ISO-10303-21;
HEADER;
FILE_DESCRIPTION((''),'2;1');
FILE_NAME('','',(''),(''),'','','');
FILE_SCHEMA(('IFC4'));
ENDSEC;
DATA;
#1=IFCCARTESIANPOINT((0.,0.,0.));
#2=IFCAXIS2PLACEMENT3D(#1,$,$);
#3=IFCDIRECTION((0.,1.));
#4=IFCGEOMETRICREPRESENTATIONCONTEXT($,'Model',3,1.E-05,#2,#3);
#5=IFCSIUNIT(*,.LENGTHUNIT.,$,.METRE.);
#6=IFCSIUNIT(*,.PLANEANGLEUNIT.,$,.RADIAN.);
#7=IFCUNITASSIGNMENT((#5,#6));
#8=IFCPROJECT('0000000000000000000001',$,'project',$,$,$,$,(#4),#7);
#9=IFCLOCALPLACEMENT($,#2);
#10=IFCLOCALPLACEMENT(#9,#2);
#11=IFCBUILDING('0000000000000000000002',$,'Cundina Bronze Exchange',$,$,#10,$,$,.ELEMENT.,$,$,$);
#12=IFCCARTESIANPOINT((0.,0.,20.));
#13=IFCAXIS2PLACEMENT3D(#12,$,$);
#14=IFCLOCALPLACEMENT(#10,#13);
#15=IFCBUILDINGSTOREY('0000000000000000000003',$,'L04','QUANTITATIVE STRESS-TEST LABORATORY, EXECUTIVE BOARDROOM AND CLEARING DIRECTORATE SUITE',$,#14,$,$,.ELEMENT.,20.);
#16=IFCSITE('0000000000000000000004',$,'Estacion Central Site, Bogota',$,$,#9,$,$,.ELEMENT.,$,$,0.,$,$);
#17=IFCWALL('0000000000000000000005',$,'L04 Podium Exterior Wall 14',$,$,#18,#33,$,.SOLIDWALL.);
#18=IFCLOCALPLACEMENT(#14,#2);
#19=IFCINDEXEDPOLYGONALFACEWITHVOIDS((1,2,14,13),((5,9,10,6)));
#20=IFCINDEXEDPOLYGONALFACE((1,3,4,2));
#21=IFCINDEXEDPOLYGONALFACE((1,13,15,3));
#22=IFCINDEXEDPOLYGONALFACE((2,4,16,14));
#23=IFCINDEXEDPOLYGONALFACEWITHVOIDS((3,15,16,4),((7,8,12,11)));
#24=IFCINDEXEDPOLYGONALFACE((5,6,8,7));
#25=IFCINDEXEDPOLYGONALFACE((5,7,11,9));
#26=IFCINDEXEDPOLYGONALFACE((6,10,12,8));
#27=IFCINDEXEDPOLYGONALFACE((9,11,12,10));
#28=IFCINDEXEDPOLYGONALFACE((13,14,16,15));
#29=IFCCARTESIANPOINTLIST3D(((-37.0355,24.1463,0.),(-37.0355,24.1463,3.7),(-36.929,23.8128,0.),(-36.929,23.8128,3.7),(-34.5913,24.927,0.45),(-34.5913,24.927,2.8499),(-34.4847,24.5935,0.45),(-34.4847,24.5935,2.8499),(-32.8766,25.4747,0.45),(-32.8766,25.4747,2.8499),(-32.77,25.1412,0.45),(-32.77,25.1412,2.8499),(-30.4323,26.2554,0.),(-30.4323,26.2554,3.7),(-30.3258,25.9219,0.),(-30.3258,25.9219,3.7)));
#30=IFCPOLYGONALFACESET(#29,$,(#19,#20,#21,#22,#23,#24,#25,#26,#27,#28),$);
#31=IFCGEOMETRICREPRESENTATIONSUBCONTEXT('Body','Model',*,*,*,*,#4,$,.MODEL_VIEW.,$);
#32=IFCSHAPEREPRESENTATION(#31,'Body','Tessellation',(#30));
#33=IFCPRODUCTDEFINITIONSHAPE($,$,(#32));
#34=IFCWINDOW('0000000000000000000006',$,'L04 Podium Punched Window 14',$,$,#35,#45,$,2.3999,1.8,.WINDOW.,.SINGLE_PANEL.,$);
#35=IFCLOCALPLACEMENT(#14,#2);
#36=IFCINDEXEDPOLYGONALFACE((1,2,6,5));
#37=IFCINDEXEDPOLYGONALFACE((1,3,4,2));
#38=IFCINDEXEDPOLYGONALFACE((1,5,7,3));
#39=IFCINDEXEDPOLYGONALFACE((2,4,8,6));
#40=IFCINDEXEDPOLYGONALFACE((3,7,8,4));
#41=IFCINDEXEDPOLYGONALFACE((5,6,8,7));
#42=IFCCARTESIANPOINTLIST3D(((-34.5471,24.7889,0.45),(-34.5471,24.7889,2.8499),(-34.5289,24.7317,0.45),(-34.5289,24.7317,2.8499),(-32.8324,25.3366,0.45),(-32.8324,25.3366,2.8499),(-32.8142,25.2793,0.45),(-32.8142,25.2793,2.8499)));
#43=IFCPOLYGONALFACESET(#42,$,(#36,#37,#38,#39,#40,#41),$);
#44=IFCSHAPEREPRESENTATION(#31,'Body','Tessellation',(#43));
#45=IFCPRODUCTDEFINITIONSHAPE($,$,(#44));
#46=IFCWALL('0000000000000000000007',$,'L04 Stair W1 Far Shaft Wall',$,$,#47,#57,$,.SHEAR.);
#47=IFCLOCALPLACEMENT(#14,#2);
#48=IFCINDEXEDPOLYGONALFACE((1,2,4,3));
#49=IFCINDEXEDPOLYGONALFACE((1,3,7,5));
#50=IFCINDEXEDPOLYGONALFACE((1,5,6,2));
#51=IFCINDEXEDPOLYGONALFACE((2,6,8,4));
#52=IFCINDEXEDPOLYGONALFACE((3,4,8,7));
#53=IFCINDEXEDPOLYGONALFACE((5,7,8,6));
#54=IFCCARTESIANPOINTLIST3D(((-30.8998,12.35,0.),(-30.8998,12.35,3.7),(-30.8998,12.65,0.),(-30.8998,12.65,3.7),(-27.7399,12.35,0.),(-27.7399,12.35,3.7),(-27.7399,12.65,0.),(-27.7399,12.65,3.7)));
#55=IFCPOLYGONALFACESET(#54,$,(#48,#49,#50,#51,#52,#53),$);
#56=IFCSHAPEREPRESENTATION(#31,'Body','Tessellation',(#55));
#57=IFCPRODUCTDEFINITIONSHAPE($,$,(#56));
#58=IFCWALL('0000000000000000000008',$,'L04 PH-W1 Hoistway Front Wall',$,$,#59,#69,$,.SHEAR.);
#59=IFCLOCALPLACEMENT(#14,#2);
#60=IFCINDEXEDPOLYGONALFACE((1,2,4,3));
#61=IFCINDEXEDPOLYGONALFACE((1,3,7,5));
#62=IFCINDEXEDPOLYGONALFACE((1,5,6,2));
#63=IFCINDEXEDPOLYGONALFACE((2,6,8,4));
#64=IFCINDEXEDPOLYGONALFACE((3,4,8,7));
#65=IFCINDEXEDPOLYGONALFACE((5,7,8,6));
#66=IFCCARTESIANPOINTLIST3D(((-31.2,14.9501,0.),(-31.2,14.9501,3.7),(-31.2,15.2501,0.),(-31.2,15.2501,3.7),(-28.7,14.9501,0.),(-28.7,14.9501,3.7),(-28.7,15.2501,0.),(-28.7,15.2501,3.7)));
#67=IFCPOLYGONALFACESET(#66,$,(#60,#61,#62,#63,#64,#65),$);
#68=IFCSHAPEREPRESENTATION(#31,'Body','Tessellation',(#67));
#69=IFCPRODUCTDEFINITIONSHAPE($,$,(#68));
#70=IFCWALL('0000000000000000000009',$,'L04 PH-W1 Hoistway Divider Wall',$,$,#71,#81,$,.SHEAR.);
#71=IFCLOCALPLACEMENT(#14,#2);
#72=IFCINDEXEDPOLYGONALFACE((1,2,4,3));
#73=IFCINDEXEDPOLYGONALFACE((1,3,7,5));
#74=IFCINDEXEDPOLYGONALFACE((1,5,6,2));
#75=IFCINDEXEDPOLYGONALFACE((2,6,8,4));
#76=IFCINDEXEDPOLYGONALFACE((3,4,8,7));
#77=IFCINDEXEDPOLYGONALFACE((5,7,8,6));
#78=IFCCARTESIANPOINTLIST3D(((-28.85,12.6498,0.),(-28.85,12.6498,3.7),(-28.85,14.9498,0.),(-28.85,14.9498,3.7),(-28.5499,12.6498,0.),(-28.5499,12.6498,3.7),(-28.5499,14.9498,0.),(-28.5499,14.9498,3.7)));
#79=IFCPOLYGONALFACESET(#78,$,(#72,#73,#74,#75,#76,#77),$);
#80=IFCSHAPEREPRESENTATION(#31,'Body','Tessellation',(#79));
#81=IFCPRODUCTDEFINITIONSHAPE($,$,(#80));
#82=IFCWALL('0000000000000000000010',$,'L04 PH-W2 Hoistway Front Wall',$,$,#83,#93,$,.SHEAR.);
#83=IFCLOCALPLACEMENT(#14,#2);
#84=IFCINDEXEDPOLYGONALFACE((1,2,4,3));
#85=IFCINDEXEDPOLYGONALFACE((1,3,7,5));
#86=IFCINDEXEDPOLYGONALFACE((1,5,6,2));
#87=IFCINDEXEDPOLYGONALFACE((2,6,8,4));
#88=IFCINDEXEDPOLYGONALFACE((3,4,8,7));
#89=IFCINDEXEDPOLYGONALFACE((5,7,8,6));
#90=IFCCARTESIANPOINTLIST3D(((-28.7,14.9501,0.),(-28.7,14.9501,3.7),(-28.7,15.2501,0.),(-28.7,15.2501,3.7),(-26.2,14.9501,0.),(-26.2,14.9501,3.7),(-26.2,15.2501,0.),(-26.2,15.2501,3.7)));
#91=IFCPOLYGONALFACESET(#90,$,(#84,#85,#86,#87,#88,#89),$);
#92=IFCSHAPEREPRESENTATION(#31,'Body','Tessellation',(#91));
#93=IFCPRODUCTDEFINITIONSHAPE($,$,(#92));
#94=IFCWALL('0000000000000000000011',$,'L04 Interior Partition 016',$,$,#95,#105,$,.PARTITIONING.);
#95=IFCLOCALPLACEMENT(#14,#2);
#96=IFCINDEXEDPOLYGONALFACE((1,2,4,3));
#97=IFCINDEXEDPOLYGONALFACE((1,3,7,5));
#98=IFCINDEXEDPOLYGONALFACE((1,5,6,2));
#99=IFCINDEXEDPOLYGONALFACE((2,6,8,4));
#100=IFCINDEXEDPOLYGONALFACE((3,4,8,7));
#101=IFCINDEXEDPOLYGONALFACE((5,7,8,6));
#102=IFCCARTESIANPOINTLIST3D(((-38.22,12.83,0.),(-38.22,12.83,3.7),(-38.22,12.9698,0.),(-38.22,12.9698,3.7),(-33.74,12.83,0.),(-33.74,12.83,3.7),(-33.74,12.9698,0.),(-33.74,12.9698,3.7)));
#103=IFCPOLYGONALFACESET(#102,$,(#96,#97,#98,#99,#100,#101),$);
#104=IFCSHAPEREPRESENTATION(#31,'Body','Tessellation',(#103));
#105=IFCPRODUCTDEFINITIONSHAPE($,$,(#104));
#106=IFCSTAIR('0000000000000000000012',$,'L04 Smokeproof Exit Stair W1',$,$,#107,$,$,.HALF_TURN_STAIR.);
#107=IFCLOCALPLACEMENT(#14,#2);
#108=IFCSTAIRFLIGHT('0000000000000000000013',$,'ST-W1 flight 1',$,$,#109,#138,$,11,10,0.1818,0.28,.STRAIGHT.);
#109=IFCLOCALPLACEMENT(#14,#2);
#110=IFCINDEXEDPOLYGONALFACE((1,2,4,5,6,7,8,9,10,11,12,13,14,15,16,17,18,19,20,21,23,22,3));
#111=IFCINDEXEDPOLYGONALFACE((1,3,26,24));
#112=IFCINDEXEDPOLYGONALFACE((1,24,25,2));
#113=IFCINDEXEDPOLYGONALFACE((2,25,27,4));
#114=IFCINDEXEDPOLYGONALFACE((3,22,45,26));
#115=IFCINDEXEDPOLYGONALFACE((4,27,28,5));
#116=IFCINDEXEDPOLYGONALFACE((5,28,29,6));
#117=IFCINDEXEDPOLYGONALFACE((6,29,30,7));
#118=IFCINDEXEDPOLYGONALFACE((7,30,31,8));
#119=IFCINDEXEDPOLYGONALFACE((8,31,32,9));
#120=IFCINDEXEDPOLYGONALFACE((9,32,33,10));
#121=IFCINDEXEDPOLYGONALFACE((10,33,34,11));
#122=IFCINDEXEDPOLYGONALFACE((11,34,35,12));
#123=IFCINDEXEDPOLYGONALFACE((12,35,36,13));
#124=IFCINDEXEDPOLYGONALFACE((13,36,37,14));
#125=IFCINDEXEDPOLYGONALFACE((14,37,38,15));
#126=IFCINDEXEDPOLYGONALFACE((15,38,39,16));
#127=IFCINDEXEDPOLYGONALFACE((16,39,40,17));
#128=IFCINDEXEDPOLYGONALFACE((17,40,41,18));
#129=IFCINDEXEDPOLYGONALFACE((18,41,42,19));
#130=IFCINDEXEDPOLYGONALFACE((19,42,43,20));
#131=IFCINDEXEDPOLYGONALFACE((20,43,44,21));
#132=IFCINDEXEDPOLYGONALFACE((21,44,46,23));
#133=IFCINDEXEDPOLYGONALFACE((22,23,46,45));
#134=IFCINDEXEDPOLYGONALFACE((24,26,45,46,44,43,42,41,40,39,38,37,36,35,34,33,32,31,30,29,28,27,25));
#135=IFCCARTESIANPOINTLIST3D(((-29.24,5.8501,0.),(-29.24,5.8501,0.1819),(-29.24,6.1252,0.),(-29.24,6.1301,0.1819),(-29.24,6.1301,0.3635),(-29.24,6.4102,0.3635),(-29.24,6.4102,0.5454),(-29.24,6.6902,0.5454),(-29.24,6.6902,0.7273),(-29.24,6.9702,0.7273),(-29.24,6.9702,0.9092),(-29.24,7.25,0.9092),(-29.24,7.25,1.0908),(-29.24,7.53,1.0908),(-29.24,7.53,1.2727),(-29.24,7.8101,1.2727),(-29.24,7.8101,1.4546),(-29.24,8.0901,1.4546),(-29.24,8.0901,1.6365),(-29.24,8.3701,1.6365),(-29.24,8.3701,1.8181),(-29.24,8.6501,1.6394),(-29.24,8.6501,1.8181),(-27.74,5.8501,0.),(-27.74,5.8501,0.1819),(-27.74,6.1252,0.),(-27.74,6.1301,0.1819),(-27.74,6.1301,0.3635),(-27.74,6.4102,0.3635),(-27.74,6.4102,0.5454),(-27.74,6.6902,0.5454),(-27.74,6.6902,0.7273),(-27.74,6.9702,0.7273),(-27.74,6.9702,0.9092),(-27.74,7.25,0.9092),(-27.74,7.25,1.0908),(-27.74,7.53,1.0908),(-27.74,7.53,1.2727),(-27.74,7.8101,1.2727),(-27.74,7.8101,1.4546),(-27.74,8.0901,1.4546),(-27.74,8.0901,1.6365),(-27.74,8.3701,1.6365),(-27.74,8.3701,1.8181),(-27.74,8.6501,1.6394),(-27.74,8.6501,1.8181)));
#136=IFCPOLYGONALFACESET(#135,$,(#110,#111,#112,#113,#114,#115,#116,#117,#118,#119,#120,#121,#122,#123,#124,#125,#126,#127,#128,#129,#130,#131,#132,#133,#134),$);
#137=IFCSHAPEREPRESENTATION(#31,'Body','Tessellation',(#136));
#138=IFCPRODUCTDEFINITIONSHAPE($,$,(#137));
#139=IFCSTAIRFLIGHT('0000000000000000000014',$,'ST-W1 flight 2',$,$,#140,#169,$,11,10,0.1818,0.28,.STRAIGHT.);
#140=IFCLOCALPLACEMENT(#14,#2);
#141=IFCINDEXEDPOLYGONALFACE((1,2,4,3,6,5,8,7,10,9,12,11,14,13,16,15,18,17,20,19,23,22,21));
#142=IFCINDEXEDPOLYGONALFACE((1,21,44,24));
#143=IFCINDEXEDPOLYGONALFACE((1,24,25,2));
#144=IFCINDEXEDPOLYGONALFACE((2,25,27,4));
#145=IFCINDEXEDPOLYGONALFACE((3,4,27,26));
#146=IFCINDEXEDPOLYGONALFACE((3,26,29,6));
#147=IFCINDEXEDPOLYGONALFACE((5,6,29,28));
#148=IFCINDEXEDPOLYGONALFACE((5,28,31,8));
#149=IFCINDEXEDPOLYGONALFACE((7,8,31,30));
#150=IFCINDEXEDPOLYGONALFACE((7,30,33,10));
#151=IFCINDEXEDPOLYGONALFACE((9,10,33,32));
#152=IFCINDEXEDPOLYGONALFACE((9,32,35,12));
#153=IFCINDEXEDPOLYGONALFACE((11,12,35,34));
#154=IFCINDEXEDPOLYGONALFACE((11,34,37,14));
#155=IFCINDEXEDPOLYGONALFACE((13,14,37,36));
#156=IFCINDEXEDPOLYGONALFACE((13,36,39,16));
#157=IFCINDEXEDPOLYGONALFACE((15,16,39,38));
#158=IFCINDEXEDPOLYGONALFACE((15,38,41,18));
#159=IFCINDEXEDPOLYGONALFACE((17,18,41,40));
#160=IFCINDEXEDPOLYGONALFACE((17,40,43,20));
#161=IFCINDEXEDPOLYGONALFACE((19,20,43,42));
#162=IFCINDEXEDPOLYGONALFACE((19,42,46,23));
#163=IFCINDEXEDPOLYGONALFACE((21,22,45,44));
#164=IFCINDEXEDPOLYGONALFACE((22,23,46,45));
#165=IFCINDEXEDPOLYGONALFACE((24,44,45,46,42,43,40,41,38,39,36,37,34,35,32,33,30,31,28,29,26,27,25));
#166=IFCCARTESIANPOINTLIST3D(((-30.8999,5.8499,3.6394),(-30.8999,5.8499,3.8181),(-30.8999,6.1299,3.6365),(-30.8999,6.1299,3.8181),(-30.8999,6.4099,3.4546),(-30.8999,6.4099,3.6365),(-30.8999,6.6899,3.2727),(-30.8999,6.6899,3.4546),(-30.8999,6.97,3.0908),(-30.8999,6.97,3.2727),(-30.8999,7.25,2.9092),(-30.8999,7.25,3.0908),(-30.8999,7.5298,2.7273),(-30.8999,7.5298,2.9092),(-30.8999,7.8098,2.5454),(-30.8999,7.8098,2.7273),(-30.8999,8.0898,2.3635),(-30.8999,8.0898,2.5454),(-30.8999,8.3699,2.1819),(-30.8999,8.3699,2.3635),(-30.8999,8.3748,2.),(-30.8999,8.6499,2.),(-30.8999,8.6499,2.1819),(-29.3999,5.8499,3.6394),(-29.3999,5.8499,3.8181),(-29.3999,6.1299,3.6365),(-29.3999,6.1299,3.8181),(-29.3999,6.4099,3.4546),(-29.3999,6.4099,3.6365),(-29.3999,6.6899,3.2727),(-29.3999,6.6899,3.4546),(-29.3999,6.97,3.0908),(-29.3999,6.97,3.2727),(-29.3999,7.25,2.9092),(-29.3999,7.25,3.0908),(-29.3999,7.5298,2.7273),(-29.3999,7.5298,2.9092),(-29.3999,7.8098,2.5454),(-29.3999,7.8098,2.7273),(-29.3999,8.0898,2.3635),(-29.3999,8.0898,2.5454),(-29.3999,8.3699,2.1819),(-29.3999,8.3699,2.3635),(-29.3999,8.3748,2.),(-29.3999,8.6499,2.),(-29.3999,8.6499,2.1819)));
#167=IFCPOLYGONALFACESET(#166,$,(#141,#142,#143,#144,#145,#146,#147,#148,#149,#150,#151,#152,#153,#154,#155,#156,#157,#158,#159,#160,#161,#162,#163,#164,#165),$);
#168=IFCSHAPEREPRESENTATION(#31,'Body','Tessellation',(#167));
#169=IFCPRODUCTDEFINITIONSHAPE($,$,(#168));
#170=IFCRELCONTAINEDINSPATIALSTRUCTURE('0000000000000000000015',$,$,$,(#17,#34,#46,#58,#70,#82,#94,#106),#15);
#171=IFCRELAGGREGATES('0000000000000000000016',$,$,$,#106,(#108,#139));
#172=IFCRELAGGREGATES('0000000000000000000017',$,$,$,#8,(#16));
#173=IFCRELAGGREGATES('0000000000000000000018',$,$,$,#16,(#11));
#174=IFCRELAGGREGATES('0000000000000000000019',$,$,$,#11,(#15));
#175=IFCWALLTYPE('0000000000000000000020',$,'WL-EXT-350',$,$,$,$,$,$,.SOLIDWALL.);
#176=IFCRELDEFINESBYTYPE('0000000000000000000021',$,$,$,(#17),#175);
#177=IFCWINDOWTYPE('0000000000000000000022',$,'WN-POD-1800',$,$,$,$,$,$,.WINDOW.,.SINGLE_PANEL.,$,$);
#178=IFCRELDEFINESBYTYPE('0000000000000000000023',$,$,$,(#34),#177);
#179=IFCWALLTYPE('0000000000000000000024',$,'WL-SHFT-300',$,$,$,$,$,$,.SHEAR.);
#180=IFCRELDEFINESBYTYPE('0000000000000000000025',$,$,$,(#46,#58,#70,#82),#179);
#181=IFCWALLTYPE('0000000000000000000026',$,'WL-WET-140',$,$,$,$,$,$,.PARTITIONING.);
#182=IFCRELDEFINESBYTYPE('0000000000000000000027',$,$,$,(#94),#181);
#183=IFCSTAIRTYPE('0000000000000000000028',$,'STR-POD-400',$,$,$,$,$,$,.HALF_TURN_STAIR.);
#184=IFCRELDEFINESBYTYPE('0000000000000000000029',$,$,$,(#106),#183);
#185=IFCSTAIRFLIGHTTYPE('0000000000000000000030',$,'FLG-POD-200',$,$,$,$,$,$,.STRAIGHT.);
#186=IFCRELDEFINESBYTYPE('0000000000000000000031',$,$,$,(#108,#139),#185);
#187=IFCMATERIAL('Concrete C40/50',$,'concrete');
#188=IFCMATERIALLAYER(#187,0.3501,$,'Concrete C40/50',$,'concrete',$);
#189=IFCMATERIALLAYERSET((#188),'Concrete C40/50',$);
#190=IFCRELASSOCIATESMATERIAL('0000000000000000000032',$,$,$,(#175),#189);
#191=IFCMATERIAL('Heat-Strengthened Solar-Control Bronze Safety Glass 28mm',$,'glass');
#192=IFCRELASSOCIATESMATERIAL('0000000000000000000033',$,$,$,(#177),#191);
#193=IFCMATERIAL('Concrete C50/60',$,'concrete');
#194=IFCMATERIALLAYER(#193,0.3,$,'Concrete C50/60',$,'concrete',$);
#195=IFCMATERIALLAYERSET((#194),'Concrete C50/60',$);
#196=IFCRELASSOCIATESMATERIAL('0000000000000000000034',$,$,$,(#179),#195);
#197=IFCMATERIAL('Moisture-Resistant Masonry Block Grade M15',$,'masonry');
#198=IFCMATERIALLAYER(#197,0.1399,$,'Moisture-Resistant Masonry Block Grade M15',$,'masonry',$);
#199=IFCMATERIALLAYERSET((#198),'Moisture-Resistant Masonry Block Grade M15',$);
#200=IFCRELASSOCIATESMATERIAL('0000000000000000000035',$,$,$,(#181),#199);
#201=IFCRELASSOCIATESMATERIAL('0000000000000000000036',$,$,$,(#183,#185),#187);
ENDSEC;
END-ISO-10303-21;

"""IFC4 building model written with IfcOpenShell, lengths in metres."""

from ifc_helpers import new_model, si_unit, direction, frame, frame_2d, origin, place, context, subcontext, project, spatial, polyline, rectangle, outline, extrude, material, layer, layer_set, type_object, element, fill, aggregate, save


model = new_model("IFC4")

# Units and contexts
model_context = context("Model", 3, precision=1e-05, world=origin(), true_north=direction((0.0, 1.0)))
body_context = subcontext(model_context, "Body", "Model", "MODEL_VIEW")
ifc_project = project(units=[si_unit("LENGTHUNIT", "METRE"), si_unit("PLANEANGLEUNIT", "RADIAN")], contexts=[model_context])

# Site, building, storey
site_placement = place(None, origin())
site = spatial("IfcSite", under=ifc_project, at=site_placement, Name="Estacion Central Site, Bogota", CompositionType="ELEMENT", RefElevation=0.0)
building_placement = place(site_placement, origin())
building = spatial("IfcBuilding", under=site, at=building_placement, Name="Cundina Bronze Exchange", CompositionType="ELEMENT")
storey_placement = place(building_placement, frame((0.0, 0.0, 20.0)))
storey = spatial("IfcBuildingStorey", under=building, at=storey_placement, Name="L04", Description="QUANTITATIVE STRESS-TEST LABORATORY, EXECUTIVE BOARDROOM AND CLEARING DIRECTORATE SUITE", CompositionType="ELEMENT", Elevation=20.0)

# Wall, opening, window
ifc_material_1 = material(Name="Concrete C40/50", Category="concrete")
ifc_layer_1 = layer(ifc_material_1, 0.3501, Name="Concrete C40/50", Category="concrete")
ifc_layer_set_1 = layer_set([ifc_layer_1], Name="Concrete C40/50")
wall_type_1 = type_object("IfcWallType", Name="WL-EXT-350", PredefinedType="SOLIDWALL", material=ifc_layer_set_1)
wall_1_placement = place(storey_placement, frame((-30.3792, 26.0886, 0.0), z_axis=(0.0, 0.0, 1.0), x_axis=(-0.952588, -0.304263, 0.0)))
wall_1 = element("IfcWall", 1, at=wall_1_placement, inside=storey, type_object=wall_type_1, Name="L04 Podium Exterior Wall 14", PredefinedType="SOLIDWALL", context=body_context, shape_type="SweptSolid", body=[
    extrude(rectangle(XDim=6.9319, YDim=0.3501, at=frame_2d((3.4658, 0.0))), origin(), (0.0, 0.0, 1.0), 3.7),
])
opening_1_placement = place(wall_1_placement, frame((2.5659, 0.0, 0.45)))
opening_1 = element("IfcOpeningElement", 2, at=opening_1_placement, cuts=wall_1, PredefinedType="OPENING", context=body_context, shape_type="SweptSolid", body=[
    extrude(rectangle(XDim=1.8, YDim=2.3999, at=frame_2d((0.8999, 1.2))), frame((0.0, 0.1851, 0.0), z_axis=(0.0, -1.0, 0.0), x_axis=(1.0, 0.0, 0.0)), (0.0, 0.0, 1.0), 0.3701),
])
ifc_material_2 = material(Name="Heat-Strengthened Solar-Control Bronze Safety Glass 28mm", Category="glass")
window_type_1 = type_object("IfcWindowType", Name="WN-POD-1800", PartitioningType="SINGLE_PANEL", PredefinedType="WINDOW", material=ifc_material_2)
window_1_placement = place(opening_1_placement, origin())
window_1 = element("IfcWindow", 3, at=window_1_placement, inside=storey, type_object=window_type_1, Name="L04 Podium Punched Window 14", OverallHeight=2.3999, OverallWidth=1.8, PartitioningType="SINGLE_PANEL", PredefinedType="WINDOW", context=body_context, shape_type="SweptSolid", body=[
    extrude(rectangle(XDim=1.8, YDim=2.3999, at=frame_2d((0.8999, 1.2))), frame((0.0, 0.03, 0.0), z_axis=(0.0, -1.0, 0.0), x_axis=(1.0, 0.0, 0.0)), (0.0, 0.0, 1.0), 0.0601),
])
fill(opening_1, window_1)

# Shared definitions
ifc_material_3 = material(Name="Concrete C50/60", Category="concrete")
ifc_layer_2 = layer(ifc_material_3, 0.3, Name="Concrete C50/60", Category="concrete")
ifc_layer_set_2 = layer_set([ifc_layer_2], Name="Concrete C50/60")
wall_type_2 = type_object("IfcWallType", Name="WL-SHFT-300", PredefinedType="SHEAR", material=ifc_layer_set_2)

# Walls
wall_2_placement = place(storey_placement, frame((-30.8999, 12.5, 0.0), z_axis=(0.0, 0.0, 1.0), x_axis=(1.0, 0.0, 0.0)))
element("IfcWall", 4, at=wall_2_placement, inside=storey, type_object=wall_type_2, Name="L04 Stair W1 Far Shaft Wall", PredefinedType="SHEAR", context=body_context, shape_type="SweptSolid", body=[
    extrude(rectangle(XDim=3.1599, YDim=0.3, at=frame_2d((1.5801, 0.0))), origin(), (0.0, 0.0, 1.0), 3.7),
])
wall_3_placement = place(storey_placement, frame((-31.2, 15.1001, 0.0), z_axis=(0.0, 0.0, 1.0), x_axis=(1.0, 0.0, 0.0)))
element("IfcWall", 5, at=wall_3_placement, inside=storey, type_object=wall_type_2, Name="L04 PH-W1 Hoistway Front Wall", PredefinedType="SHEAR", context=body_context, shape_type="SweptSolid", body=[
    extrude(rectangle(XDim=2.5, YDim=0.3, at=frame_2d((1.25, 0.0))), origin(), (0.0, 0.0, 1.0), 3.7),
])
wall_4_placement = place(storey_placement, frame((-28.7, 12.6499, 0.0), z_axis=(0.0, 0.0, 1.0), x_axis=(0.0, 1.0, 0.0)))
element("IfcWall", 6, at=wall_4_placement, inside=storey, type_object=wall_type_2, Name="L04 PH-W1 Hoistway Divider Wall", PredefinedType="SHEAR", context=body_context, shape_type="SweptSolid", body=[
    extrude(rectangle(XDim=2.3, YDim=0.3, at=frame_2d((1.1499, 0.0))), origin(), (0.0, 0.0, 1.0), 3.7),
])
wall_5_placement = place(storey_placement, frame((-28.7, 15.1001, 0.0), z_axis=(0.0, 0.0, 1.0), x_axis=(1.0, 0.0, 0.0)))
element("IfcWall", 7, at=wall_5_placement, inside=storey, type_object=wall_type_2, Name="L04 PH-W2 Hoistway Front Wall", PredefinedType="SHEAR", context=body_context, shape_type="SweptSolid", body=[
    extrude(rectangle(XDim=2.5, YDim=0.3, at=frame_2d((1.25, 0.0))), origin(), (0.0, 0.0, 1.0), 3.7),
])
ifc_material_4 = material(Name="Moisture-Resistant Masonry Block Grade M15", Category="masonry")
ifc_layer_3 = layer(ifc_material_4, 0.1399, Name="Moisture-Resistant Masonry Block Grade M15", Category="masonry")
ifc_layer_set_3 = layer_set([ifc_layer_3], Name="Moisture-Resistant Masonry Block Grade M15")
wall_type_3 = type_object("IfcWallType", Name="WL-WET-140", PredefinedType="PARTITIONING", material=ifc_layer_set_3)
wall_6_placement = place(storey_placement, frame((-38.22, 12.8999, 0.0), z_axis=(0.0, 0.0, 1.0), x_axis=(1.0, 0.0, 0.0)))
element("IfcWall", 8, at=wall_6_placement, inside=storey, type_object=wall_type_3, Name="L04 Interior Partition 016", PredefinedType="PARTITIONING", context=body_context, shape_type="SweptSolid", body=[
    extrude(rectangle(XDim=4.48, YDim=0.1399, at=frame_2d((2.24, 0.0))), origin(), (0.0, 0.0, 1.0), 3.7),
])

# Stair, stair flights
stair_type = type_object("IfcStairType", Name="STR-POD-400", PredefinedType="HALF_TURN_STAIR", material=ifc_material_1)
stair_placement = place(storey_placement, origin())
stair = element("IfcStair", 9, at=stair_placement, inside=storey, type_object=stair_type, Name="L04 Smokeproof Exit Stair W1", PredefinedType="HALF_TURN_STAIR")
stair_flight_type = type_object("IfcStairFlightType", Name="FLG-POD-200", PredefinedType="STRAIGHT", material=ifc_material_1)
stair_flight_1_placement = place(storey_placement, frame((-28.49, 5.8501, 0.0), z_axis=(0.0, 0.0, 1.0), x_axis=(0.0, 1.0, 0.0)))
stair_flight_1 = element("IfcStairFlight", 10, at=stair_flight_1_placement, type_object=stair_flight_type, Name="ST-W1 flight 1", NumberOfRisers=11, NumberOfTreads=10, PredefinedType="STRAIGHT", RiserHeight=0.1818, TreadLength=0.28, context=body_context, shape_type="SweptSolid", body=[
    extrude(outline(polyline([(0.0, 0.0), (0.0, 0.1819), (0.28, 0.1819), (0.28, 0.3635), (0.5601, 0.3635), (0.5601, 0.5454), (0.8401, 0.5454), (0.8401, 0.7273), (1.1201, 0.7273), (1.1201, 0.9092), (1.3999, 0.9092), (1.3999, 1.0908), (1.6799, 1.0908), (1.6799, 1.2727), (1.96, 1.2727), (1.96, 1.4546), (2.24, 1.4546), (2.24, 1.6365), (2.52, 1.6365), (2.52, 1.8181), (2.8, 1.8181), (2.8, 2.0), (2.8, 1.6394), (0.2751, 0.0), (0.0, 0.0)])), frame((0.0, 0.75, 0.0), z_axis=(0.0, -1.0, 0.0), x_axis=(1.0, 0.0, 0.0)), (0.0, 0.0, 1.0), 1.5),
])
stair_flight_2_placement = place(storey_placement, frame((-30.1499, 8.6499, 2.0), z_axis=(0.0, 0.0, 1.0), x_axis=(0.0, -1.0, 0.0)))
stair_flight_2 = element("IfcStairFlight", 11, at=stair_flight_2_placement, type_object=stair_flight_type, Name="ST-W1 flight 2", NumberOfRisers=11, NumberOfTreads=10, PredefinedType="STRAIGHT", RiserHeight=0.1818, TreadLength=0.28, context=body_context, shape_type="SweptSolid", body=[
    extrude(outline(polyline([(0.0, 0.0), (0.0, 0.1819), (0.28, 0.1819), (0.28, 0.3635), (0.5601, 0.3635), (0.5601, 0.5454), (0.8401, 0.5454), (0.8401, 0.7273), (1.1201, 0.7273), (1.1201, 0.9092), (1.3999, 0.9092), (1.3999, 1.0908), (1.6799, 1.0908), (1.6799, 1.2727), (1.96, 1.2727), (1.96, 1.4546), (2.24, 1.4546), (2.24, 1.6365), (2.52, 1.6365), (2.52, 1.8181), (2.8, 1.8181), (2.8, 2.0), (2.8, 1.6394), (0.2751, 0.0), (0.0, 0.0)])), frame((0.0, 0.75, 0.0), z_axis=(0.0, -1.0, 0.0), x_axis=(1.0, 0.0, 0.0)), (0.0, 0.0, 1.0), 1.5),
])
aggregate(stair, [stair_flight_1, stair_flight_2])

save(model, "model.ifc")
